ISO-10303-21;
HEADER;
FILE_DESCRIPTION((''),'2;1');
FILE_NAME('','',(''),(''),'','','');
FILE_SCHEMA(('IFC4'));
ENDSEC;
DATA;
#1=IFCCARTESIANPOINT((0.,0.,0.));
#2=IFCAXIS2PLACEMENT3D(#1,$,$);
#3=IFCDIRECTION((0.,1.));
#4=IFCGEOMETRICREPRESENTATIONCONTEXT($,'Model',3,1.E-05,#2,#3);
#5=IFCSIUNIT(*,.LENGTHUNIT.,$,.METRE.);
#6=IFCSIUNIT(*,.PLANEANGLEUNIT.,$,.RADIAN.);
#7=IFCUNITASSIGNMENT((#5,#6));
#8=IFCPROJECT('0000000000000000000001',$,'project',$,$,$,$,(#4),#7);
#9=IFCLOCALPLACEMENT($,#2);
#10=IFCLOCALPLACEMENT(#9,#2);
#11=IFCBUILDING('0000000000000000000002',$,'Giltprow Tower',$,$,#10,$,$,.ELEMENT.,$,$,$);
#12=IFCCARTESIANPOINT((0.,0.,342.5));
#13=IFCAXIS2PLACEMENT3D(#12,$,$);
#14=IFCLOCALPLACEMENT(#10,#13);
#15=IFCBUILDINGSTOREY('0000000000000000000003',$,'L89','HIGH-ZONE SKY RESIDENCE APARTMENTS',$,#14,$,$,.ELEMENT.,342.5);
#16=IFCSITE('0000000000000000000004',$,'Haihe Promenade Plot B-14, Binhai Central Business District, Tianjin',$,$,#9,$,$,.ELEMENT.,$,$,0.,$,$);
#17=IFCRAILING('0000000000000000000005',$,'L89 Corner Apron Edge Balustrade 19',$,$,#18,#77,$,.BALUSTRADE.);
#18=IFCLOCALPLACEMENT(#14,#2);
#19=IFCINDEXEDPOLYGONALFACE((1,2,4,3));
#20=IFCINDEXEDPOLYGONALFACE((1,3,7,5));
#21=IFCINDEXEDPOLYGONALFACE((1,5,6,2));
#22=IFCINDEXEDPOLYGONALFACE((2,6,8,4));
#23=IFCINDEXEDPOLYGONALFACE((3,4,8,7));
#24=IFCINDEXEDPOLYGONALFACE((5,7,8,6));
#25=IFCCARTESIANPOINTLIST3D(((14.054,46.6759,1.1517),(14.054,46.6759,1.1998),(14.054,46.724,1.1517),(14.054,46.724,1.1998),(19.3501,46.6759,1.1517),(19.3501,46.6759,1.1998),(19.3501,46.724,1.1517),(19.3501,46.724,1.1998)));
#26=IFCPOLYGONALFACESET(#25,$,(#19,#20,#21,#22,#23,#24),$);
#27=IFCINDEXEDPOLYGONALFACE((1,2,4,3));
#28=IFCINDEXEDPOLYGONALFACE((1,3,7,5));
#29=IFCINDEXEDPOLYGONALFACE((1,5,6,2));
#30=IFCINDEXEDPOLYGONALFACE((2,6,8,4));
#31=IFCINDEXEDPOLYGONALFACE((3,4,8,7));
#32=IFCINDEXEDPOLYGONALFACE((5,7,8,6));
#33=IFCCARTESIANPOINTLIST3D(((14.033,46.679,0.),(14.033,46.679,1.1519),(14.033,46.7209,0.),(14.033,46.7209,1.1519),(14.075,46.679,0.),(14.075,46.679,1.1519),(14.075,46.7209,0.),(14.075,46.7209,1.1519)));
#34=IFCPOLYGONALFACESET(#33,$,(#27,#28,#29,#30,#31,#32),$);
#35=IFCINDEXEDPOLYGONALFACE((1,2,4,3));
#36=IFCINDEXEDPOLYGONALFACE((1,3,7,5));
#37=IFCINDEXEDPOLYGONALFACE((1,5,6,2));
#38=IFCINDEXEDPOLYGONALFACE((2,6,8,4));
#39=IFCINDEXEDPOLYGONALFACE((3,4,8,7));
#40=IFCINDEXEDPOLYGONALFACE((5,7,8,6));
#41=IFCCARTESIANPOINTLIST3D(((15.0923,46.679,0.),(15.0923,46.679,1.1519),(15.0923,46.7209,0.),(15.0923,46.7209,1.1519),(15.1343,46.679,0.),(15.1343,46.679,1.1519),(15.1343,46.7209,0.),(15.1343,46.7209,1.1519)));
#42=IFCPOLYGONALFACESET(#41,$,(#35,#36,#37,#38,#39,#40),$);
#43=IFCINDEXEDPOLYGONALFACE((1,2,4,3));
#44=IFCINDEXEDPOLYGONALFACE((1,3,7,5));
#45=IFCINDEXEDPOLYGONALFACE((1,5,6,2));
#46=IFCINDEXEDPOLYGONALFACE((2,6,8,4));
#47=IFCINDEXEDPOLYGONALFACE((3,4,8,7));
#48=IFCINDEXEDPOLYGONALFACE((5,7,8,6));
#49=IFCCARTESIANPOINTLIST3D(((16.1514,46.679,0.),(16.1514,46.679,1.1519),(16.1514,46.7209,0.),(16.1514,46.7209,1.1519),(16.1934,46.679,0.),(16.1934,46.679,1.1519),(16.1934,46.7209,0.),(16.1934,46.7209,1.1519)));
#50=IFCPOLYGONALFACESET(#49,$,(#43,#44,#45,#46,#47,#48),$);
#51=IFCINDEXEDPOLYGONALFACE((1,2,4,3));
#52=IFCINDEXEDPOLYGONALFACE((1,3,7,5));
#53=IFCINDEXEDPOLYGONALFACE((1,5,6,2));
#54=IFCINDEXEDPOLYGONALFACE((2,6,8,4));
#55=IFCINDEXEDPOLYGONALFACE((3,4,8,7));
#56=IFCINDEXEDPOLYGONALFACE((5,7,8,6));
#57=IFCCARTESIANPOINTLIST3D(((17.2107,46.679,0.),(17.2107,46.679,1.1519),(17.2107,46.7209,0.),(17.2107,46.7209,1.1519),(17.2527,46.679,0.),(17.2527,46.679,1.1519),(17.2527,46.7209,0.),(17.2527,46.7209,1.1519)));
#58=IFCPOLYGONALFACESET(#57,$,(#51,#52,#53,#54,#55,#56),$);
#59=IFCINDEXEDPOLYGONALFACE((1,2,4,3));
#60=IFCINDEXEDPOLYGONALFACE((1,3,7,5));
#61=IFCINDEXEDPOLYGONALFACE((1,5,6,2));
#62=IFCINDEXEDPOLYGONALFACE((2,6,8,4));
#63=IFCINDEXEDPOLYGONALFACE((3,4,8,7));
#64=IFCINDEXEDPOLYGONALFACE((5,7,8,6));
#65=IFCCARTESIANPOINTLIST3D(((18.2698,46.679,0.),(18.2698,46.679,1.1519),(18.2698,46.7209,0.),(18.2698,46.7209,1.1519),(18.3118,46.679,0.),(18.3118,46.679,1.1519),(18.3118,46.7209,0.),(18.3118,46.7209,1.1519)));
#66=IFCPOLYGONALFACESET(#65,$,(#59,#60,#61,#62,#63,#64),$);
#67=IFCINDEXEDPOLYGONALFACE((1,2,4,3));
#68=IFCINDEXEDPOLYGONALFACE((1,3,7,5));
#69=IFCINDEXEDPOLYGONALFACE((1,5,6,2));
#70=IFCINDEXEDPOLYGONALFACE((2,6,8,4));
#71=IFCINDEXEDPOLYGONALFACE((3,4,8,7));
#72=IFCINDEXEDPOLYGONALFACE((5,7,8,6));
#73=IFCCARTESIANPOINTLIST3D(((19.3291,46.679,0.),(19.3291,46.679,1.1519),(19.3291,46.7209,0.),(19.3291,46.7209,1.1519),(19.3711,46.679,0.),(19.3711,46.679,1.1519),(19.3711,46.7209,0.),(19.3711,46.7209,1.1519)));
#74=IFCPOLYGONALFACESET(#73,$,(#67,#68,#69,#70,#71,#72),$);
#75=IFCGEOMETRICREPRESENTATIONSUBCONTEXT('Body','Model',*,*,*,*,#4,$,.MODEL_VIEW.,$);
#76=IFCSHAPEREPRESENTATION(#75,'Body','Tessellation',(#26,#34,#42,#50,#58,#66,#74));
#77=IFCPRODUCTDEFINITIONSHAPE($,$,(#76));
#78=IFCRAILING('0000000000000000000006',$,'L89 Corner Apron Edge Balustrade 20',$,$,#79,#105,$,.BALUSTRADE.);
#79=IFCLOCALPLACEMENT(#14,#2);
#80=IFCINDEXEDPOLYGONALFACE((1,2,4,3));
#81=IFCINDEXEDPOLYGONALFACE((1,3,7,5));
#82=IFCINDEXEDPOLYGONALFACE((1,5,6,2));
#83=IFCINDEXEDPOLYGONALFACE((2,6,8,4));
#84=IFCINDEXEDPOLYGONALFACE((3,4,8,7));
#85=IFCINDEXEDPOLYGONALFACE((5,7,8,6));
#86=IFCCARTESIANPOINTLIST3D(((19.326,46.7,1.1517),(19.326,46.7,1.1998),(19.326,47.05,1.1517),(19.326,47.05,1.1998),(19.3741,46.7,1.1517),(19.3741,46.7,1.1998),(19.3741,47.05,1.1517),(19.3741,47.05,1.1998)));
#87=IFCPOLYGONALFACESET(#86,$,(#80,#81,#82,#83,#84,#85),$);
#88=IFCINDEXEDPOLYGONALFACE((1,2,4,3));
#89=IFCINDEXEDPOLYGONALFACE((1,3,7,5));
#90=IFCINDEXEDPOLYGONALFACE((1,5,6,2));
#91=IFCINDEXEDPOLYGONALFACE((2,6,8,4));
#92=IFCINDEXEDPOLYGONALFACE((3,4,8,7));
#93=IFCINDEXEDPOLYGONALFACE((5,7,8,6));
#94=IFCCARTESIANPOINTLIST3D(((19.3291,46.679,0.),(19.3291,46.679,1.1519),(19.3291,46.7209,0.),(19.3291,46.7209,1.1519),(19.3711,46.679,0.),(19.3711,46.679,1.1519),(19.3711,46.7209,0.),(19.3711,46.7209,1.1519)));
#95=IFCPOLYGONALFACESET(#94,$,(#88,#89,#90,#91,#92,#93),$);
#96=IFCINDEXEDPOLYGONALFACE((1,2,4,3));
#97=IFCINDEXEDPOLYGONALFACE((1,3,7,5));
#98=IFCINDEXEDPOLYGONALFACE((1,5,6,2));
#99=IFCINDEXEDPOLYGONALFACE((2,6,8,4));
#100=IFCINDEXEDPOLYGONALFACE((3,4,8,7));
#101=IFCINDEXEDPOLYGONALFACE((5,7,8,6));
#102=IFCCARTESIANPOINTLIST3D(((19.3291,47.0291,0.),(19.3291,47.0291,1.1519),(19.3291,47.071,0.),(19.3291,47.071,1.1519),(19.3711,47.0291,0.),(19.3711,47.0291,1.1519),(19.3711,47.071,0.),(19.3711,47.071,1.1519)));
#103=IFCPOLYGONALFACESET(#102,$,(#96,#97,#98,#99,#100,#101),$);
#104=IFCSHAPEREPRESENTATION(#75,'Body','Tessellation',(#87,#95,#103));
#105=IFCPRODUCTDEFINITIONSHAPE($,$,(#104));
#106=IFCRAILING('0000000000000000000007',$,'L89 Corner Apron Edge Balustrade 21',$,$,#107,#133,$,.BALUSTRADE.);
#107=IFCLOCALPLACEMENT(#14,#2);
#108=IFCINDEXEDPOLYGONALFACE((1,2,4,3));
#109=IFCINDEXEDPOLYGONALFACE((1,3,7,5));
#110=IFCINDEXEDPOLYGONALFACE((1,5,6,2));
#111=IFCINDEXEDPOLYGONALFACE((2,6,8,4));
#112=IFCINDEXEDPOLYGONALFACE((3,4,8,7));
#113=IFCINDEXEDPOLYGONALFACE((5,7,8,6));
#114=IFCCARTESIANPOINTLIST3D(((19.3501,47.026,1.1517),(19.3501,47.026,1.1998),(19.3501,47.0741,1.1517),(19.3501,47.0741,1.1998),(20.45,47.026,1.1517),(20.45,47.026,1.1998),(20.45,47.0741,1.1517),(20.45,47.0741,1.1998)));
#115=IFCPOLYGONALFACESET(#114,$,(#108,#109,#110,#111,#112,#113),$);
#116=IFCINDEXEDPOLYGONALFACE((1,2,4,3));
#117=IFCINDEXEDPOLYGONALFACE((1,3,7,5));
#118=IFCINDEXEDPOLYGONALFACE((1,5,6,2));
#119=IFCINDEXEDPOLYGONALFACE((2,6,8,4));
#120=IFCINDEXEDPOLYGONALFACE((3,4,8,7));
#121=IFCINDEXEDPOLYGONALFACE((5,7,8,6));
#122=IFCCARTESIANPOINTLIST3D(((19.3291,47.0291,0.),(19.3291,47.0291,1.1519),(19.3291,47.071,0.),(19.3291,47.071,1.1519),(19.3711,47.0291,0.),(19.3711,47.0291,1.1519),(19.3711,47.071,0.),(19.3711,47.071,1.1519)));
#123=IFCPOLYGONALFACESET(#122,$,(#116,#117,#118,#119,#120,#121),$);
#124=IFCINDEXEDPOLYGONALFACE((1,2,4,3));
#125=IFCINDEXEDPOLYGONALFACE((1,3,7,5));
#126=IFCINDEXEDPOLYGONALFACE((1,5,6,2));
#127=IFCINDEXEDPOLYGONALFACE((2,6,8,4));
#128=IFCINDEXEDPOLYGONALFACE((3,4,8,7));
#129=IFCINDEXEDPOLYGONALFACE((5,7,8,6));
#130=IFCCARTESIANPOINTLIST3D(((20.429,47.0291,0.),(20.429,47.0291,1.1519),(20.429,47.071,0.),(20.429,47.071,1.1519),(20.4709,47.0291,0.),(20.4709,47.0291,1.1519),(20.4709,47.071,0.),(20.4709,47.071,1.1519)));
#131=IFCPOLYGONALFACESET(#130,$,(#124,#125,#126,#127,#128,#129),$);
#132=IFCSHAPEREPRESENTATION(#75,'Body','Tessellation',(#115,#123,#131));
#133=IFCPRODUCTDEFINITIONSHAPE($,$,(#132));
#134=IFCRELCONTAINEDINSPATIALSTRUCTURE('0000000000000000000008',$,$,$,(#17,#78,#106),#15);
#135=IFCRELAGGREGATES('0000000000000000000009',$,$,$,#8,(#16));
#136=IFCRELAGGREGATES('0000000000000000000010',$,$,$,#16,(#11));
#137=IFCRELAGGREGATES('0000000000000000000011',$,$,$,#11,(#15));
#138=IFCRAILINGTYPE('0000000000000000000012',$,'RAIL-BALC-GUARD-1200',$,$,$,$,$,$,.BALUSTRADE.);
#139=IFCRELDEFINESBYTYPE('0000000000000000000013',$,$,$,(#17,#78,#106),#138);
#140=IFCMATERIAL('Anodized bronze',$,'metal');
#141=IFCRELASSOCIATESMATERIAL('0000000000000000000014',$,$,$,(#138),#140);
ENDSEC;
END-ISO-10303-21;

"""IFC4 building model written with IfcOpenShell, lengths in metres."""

from ifc_helpers import new_model, si_unit, direction, frame, origin, origin_2d, place, context, subcontext, project, spatial, rectangle, extrude, material, type_object, element, save


model = new_model("IFC4")

# Units and contexts
model_context = context("Model", 3, precision=1e-05, world=origin(), true_north=direction((0.0, 1.0)))
body_context = subcontext(model_context, "Body", "Model", "MODEL_VIEW")
ifc_project = project(units=[si_unit("LENGTHUNIT", "METRE"), si_unit("PLANEANGLEUNIT", "RADIAN")], contexts=[model_context])

# Site, building, storey
site_placement = place(None, origin())
site = spatial("IfcSite", under=ifc_project, at=site_placement, Name="Haihe Promenade Plot B-14, Binhai Central Business District, Tianjin", CompositionType="ELEMENT", RefElevation=0.0)
building_placement = place(site_placement, origin())
building = spatial("IfcBuilding", under=site, at=building_placement, Name="Giltprow Tower", CompositionType="ELEMENT")
storey_placement = place(building_placement, frame((0.0, 0.0, 342.5)))
storey = spatial("IfcBuildingStorey", under=building, at=storey_placement, Name="L89", Description="HIGH-ZONE SKY RESIDENCE APARTMENTS", CompositionType="ELEMENT", Elevation=342.5)

# Railings
ifc_material_1 = material(Name="Anodized bronze", Category="metal")
railing_type = type_object("IfcRailingType", Name="RAIL-BALC-GUARD-1200", PredefinedType="BALUSTRADE", material=ifc_material_1)
railing_1_placement = place(storey_placement, frame((14.054, 46.7, 0.0)))
element("IfcRailing", 1, at=railing_1_placement, inside=storey, type_object=railing_type, Name="L89 Corner Apron Edge Balustrade 19", PredefinedType="BALUSTRADE", context=body_context, shape_type="SweptSolid", body=[
    extrude(rectangle(XDim=0.0481, YDim=0.0481, at=origin_2d()), frame((0.0, 0.0, 1.1758), z_axis=(1.0, 0.0, 0.0), x_axis=(0.0, 1.0, 0.0)), (0.0, 0.0, 1.0), 5.2961),
    extrude(rectangle(XDim=0.042, YDim=0.042, at=origin_2d()), origin(), (0.0, 0.0, 1.0), 1.1519),
    extrude(rectangle(XDim=0.042, YDim=0.042, at=origin_2d()), frame((1.0593, 0.0, 0.0)), (0.0, 0.0, 1.0), 1.1519),
    extrude(rectangle(XDim=0.042, YDim=0.042, at=origin_2d()), frame((2.1184, 0.0, 0.0)), (0.0, 0.0, 1.0), 1.1519),
    extrude(rectangle(XDim=0.042, YDim=0.042, at=origin_2d()), frame((3.1777, 0.0, 0.0)), (0.0, 0.0, 1.0), 1.1519),
    extrude(rectangle(XDim=0.042, YDim=0.042, at=origin_2d()), frame((4.2368, 0.0, 0.0)), (0.0, 0.0, 1.0), 1.1519),
    extrude(rectangle(XDim=0.042, YDim=0.042, at=origin_2d()), frame((5.2961, 0.0, 0.0)), (0.0, 0.0, 1.0), 1.1519),
])
railing_2_placement = place(storey_placement, frame((19.3501, 46.7, 0.0)))
element("IfcRailing", 2, at=railing_2_placement, inside=storey, type_object=railing_type, Name="L89 Corner Apron Edge Balustrade 20", PredefinedType="BALUSTRADE", context=body_context, shape_type="SweptSolid", body=[
    extrude(rectangle(XDim=0.0481, YDim=0.0481, at=origin_2d()), frame((0.0, 0.0, 1.1758), z_axis=(0.0, 1.0, 0.0), x_axis=(-1.0, 0.0, 0.0)), (0.0, 0.0, 1.0), 0.3501),
    extrude(rectangle(XDim=0.042, YDim=0.042, at=origin_2d()), origin(), (0.0, 0.0, 1.0), 1.1519),
    extrude(rectangle(XDim=0.042, YDim=0.042, at=origin_2d()), frame((0.0, 0.3501, 0.0)), (0.0, 0.0, 1.0), 1.1519),
])
railing_3_placement = place(storey_placement, frame((19.3501, 47.05, 0.0)))
element("IfcRailing", 3, at=railing_3_placement, inside=storey, type_object=railing_type, Name="L89 Corner Apron Edge Balustrade 21", PredefinedType="BALUSTRADE", context=body_context, shape_type="SweptSolid", body=[
    extrude(rectangle(XDim=0.0481, YDim=0.0481, at=origin_2d()), frame((0.0, 0.0, 1.1758), z_axis=(1.0, 0.0, 0.0), x_axis=(0.0, 1.0, 0.0)), (0.0, 0.0, 1.0), 1.0999),
    extrude(rectangle(XDim=0.042, YDim=0.042, at=origin_2d()), origin(), (0.0, 0.0, 1.0), 1.1519),
    extrude(rectangle(XDim=0.042, YDim=0.042, at=origin_2d()), frame((1.0999, 0.0, 0.0)), (0.0, 0.0, 1.0), 1.1519),
])

save(model, "model.ifc")
